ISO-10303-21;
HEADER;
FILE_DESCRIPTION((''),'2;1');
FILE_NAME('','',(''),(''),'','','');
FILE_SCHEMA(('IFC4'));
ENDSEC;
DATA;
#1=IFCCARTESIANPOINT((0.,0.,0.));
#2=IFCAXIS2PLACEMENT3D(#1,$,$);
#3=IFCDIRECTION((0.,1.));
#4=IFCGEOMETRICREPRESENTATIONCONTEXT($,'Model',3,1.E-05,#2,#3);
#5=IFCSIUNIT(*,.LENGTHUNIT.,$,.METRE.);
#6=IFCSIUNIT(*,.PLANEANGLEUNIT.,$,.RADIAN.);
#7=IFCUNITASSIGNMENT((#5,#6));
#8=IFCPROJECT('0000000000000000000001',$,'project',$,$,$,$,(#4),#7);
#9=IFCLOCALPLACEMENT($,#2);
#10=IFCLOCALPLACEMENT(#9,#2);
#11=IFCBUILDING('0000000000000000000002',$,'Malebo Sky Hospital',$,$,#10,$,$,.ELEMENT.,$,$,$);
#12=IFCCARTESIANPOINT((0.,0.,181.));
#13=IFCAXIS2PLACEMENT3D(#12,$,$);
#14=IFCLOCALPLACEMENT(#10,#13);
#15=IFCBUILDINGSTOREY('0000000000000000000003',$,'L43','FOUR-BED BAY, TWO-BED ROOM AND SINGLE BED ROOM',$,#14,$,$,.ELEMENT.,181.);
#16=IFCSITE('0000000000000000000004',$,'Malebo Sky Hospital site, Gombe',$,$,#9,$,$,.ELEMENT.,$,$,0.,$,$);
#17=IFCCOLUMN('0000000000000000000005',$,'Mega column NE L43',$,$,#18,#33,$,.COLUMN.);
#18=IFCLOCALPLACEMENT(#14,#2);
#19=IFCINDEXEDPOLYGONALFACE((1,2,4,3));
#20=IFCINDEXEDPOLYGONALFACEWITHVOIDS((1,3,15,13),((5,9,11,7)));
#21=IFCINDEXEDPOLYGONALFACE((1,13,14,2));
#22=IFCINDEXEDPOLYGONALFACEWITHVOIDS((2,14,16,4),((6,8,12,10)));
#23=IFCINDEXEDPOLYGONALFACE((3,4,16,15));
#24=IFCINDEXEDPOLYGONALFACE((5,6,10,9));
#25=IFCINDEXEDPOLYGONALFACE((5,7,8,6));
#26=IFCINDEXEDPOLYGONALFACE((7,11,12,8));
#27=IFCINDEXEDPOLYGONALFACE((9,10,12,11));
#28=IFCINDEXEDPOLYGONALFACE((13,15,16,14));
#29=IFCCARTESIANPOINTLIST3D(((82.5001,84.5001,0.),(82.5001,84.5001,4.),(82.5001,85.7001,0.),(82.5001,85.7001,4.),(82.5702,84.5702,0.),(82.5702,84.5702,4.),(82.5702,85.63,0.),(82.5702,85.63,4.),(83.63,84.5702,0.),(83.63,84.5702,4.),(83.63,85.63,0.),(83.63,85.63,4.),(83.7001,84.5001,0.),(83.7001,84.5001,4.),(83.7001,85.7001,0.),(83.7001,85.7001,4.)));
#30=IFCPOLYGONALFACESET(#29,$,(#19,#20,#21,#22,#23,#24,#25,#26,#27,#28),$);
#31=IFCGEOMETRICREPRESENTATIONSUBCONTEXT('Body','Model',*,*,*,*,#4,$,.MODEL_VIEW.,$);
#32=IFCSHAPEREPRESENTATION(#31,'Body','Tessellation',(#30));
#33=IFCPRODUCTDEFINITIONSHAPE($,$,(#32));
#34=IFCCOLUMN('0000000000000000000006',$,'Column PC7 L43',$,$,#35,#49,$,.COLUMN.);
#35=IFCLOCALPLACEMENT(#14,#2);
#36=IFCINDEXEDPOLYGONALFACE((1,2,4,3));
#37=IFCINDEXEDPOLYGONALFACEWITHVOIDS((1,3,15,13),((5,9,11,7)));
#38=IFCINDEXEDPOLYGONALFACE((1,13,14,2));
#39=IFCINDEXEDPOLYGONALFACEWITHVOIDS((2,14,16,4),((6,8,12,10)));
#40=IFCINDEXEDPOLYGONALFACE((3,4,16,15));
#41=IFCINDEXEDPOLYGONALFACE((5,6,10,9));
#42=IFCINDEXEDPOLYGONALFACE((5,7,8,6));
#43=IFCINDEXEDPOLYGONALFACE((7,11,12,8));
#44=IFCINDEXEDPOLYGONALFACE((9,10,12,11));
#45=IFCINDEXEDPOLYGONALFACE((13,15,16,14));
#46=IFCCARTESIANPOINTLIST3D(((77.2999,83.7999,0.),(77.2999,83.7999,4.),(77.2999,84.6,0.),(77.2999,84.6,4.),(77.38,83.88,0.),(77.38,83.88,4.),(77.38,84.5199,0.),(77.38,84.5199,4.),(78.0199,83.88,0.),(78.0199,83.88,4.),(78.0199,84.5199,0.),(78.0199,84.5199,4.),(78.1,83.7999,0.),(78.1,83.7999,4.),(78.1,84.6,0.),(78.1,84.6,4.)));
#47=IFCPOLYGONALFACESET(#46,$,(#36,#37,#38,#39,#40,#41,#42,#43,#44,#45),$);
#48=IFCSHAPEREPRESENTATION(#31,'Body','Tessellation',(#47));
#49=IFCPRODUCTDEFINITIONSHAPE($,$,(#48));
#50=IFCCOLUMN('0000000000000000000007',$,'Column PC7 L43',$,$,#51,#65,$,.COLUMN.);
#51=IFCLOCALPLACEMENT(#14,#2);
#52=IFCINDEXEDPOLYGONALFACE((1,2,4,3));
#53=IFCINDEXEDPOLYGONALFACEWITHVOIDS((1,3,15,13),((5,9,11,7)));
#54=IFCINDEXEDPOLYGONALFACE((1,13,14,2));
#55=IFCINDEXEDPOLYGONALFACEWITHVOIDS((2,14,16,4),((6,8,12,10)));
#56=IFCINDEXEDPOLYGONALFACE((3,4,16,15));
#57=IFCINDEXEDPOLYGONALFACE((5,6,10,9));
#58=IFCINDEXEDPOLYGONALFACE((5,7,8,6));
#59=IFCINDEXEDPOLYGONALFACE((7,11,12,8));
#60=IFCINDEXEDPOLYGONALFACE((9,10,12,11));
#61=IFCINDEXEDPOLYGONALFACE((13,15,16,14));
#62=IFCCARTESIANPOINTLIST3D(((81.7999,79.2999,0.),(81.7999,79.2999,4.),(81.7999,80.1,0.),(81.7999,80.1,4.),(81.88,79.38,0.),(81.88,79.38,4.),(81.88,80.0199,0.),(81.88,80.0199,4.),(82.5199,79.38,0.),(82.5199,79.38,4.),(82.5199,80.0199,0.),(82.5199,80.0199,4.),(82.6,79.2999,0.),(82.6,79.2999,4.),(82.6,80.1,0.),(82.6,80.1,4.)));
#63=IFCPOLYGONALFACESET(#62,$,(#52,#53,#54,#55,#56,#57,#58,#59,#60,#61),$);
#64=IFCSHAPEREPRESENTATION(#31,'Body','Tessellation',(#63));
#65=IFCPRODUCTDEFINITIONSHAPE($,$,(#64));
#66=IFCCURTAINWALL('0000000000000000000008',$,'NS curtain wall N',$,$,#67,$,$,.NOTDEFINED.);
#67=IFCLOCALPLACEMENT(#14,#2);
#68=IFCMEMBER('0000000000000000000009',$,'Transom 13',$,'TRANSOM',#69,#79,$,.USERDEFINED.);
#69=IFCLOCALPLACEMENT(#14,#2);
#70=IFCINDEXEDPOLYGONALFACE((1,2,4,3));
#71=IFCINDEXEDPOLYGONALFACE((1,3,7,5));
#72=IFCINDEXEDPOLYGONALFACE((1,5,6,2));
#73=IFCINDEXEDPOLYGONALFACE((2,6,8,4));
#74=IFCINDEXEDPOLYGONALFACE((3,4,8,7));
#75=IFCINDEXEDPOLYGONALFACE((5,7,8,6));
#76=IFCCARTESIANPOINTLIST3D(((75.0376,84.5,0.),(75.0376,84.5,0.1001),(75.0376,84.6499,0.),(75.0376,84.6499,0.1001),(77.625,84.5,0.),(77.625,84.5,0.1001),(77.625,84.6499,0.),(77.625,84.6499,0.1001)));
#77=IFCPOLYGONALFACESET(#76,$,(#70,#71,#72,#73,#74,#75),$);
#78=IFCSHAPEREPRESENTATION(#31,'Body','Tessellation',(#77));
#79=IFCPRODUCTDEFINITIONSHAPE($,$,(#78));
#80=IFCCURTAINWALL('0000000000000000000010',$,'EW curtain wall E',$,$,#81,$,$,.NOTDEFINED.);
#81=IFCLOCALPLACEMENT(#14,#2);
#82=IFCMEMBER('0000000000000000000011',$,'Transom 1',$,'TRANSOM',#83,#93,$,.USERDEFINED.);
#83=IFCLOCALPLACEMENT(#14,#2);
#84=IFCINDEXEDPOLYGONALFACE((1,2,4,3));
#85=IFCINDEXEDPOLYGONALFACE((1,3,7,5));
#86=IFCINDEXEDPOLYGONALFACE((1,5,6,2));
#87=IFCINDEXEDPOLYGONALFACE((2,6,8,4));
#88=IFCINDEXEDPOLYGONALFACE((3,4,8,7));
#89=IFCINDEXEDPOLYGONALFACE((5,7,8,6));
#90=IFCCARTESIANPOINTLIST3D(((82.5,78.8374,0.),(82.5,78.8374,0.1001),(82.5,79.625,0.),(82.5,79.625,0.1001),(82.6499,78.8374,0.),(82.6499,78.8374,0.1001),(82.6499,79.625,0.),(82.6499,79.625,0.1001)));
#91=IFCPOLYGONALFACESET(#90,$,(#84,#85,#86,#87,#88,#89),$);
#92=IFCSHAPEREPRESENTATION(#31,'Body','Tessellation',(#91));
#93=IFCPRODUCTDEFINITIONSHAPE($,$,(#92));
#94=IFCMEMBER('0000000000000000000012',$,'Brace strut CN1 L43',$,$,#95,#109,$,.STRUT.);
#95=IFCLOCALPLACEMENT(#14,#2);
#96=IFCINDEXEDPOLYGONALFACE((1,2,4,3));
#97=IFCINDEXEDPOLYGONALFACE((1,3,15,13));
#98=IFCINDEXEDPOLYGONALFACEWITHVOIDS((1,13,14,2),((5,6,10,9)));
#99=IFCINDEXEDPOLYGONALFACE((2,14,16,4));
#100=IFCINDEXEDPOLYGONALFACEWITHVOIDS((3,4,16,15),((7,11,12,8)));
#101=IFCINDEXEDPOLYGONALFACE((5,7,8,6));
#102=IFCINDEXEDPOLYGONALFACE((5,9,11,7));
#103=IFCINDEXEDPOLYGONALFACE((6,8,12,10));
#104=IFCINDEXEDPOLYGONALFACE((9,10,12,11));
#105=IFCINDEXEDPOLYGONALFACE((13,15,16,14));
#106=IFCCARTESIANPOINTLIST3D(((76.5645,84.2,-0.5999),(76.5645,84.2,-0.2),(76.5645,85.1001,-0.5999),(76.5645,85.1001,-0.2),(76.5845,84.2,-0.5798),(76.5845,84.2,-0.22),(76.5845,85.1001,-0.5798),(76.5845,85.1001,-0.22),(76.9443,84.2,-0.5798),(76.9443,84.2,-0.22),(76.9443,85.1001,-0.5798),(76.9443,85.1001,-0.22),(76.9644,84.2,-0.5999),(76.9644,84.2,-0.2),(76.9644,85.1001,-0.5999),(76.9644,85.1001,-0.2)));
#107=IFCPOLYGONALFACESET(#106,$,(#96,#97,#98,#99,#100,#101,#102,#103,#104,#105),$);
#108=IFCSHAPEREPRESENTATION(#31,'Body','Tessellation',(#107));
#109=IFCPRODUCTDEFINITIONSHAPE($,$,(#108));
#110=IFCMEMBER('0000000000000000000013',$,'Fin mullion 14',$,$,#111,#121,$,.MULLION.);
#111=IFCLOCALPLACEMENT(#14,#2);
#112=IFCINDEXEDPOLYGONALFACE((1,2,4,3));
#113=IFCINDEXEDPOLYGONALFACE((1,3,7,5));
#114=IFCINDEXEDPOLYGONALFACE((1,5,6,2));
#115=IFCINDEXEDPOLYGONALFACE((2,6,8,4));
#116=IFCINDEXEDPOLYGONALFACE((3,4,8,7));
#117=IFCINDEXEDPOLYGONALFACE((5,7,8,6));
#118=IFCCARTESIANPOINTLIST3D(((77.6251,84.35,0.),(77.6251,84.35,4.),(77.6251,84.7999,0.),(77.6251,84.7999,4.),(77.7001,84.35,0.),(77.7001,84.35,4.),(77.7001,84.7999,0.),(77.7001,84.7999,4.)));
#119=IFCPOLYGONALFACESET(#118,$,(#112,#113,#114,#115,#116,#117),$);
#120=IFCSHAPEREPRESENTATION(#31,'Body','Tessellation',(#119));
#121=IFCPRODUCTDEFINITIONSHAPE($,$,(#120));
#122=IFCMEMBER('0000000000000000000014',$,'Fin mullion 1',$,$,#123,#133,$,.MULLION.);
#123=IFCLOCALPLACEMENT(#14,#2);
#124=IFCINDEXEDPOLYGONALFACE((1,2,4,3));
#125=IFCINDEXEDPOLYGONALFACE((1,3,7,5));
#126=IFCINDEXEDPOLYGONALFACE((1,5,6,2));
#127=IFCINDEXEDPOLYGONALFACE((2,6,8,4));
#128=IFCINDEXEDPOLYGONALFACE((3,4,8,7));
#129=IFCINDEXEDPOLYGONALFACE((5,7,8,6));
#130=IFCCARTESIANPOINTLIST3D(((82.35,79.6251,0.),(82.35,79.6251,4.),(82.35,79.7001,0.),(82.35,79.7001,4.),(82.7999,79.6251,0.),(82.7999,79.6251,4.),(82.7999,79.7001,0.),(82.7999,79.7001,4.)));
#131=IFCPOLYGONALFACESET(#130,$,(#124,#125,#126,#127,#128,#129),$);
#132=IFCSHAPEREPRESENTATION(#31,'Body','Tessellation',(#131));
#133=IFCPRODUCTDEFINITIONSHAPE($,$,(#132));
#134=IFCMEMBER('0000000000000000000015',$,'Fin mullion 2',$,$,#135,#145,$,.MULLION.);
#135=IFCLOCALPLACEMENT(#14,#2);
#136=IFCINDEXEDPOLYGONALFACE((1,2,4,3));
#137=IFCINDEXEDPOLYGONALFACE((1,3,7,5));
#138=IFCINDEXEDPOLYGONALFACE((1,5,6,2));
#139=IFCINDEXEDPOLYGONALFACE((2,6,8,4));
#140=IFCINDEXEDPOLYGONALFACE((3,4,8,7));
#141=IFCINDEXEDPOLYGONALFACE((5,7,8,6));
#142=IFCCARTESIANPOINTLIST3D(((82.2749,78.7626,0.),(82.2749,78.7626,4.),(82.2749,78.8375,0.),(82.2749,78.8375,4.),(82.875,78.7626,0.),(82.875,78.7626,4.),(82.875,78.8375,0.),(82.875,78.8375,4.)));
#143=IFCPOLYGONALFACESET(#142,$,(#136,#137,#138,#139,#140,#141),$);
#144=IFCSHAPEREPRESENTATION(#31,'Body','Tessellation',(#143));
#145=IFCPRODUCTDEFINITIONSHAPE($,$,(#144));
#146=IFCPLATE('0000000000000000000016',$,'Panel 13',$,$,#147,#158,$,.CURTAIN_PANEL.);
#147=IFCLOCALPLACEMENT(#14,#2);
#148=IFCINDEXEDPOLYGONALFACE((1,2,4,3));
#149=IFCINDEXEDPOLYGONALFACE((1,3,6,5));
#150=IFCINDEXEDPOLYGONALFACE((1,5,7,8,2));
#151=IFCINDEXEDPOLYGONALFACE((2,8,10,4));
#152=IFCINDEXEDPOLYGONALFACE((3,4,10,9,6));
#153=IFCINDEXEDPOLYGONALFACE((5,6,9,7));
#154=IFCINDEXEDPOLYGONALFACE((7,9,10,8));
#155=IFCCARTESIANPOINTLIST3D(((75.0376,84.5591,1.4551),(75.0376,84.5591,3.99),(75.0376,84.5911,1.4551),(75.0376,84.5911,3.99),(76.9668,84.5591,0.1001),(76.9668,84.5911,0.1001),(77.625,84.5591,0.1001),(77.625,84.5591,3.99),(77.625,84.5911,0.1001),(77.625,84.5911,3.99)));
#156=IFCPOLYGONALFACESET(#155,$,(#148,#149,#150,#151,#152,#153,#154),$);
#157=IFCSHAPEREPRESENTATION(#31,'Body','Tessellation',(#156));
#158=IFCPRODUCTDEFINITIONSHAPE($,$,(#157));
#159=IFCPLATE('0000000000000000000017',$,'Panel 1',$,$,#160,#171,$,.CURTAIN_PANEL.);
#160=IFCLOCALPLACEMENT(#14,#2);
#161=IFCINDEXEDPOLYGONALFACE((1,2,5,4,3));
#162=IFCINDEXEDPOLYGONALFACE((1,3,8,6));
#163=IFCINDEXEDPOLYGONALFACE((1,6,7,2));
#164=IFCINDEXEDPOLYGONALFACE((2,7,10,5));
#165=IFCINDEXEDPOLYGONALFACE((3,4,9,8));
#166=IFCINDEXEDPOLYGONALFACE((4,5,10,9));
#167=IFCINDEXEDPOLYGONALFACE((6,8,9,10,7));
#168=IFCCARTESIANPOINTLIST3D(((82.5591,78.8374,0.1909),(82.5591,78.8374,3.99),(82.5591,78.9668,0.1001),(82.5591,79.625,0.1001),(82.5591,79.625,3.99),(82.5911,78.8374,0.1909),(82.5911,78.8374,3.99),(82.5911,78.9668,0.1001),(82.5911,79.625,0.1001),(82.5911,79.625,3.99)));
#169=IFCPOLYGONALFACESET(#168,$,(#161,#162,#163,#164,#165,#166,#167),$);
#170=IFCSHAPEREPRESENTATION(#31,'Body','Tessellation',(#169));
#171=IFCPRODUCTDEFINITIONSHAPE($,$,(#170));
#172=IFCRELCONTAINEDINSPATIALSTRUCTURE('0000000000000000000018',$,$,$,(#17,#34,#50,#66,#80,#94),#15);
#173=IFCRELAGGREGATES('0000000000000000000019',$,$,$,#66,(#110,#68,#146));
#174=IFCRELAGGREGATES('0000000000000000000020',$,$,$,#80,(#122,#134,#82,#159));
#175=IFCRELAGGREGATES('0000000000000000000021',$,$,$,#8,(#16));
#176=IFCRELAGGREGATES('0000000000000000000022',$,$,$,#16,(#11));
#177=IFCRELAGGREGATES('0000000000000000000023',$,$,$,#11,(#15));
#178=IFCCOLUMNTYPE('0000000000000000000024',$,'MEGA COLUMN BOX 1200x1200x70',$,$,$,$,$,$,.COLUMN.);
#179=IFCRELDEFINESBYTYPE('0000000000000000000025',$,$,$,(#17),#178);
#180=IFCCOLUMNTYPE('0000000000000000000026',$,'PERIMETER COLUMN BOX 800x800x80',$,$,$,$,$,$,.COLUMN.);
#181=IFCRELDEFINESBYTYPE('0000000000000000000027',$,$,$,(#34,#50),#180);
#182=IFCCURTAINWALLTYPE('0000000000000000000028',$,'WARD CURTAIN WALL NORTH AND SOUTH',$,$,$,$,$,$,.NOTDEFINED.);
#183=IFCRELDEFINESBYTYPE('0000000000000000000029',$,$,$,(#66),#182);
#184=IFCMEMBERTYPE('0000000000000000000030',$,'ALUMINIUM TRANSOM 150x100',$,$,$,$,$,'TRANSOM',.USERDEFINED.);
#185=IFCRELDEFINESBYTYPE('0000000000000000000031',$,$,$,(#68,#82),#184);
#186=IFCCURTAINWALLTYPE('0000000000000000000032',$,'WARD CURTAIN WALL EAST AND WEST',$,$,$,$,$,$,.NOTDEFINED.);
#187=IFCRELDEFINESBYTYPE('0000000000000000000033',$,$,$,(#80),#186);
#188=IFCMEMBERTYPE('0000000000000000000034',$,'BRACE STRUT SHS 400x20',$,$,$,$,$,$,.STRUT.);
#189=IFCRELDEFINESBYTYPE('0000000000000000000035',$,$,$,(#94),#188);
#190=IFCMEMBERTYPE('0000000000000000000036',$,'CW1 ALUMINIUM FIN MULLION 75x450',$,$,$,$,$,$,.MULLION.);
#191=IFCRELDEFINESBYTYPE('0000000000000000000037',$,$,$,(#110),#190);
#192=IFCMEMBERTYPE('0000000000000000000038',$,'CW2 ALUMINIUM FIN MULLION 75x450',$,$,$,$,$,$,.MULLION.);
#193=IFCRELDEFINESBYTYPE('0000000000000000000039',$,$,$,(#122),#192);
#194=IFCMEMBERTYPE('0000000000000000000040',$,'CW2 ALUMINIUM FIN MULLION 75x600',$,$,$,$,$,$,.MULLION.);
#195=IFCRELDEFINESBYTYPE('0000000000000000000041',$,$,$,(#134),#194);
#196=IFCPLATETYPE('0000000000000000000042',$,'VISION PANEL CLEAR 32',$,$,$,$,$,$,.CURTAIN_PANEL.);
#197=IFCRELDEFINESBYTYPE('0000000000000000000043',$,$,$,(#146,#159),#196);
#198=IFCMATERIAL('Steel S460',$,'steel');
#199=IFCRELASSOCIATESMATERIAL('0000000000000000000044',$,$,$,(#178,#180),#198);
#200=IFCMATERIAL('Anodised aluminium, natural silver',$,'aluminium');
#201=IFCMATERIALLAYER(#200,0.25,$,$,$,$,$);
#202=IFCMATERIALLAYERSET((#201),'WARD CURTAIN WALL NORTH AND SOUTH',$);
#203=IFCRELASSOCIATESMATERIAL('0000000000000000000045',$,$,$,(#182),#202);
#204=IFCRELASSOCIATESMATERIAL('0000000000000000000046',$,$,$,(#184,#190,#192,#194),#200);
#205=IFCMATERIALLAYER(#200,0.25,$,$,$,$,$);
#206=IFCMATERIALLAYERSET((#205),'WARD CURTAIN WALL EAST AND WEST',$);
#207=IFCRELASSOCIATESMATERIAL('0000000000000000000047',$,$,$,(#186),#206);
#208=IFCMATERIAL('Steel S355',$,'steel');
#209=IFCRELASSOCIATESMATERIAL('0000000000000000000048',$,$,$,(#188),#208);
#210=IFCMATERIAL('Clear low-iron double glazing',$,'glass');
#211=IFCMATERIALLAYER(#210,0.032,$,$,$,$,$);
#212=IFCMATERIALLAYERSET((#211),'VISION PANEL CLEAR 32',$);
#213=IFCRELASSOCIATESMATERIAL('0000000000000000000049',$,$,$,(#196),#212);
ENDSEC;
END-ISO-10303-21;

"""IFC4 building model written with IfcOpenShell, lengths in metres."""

from ifc_helpers import new_model, si_unit, direction, frame, origin, origin_2d, place, context, subcontext, project, spatial, polyline, rectangle, hollow_rectangle, outline, extrude, material, layer, layer_set, material_profile, profile_set, type_object, element, aggregate, save


model = new_model("IFC4")

# Units and contexts
model_context = context("Model", 3, precision=1e-05, world=origin(), true_north=direction((0.0, 1.0)))
body_context = subcontext(model_context, "Body", "Model", "MODEL_VIEW")
ifc_project = project(units=[si_unit("LENGTHUNIT", "METRE"), si_unit("PLANEANGLEUNIT", "RADIAN")], contexts=[model_context])

# Site, building, storey
site_placement = place(None, origin())
site = spatial("IfcSite", under=ifc_project, at=site_placement, Name="Malebo Sky Hospital site, Gombe", CompositionType="ELEMENT", RefElevation=0.0)
building_placement = place(site_placement, origin())
building = spatial("IfcBuilding", under=site, at=building_placement, Name="Malebo Sky Hospital", CompositionType="ELEMENT")
storey_placement = place(building_placement, frame((0.0, 0.0, 181.0)))
storey = spatial("IfcBuildingStorey", under=building, at=storey_placement, Name="L43", Description="FOUR-BED BAY, TWO-BED ROOM AND SINGLE BED ROOM", CompositionType="ELEMENT", Elevation=181.0)

# Columns
ifc_material_1 = material(Name="Steel S460", Category="steel")
ifc_material_profile_1 = material_profile(ifc_material_1, hollow_rectangle(XDim=1.2, YDim=1.2, WallThickness=0.0701, at=origin_2d()), Name="BOX 1200x1200x70")
ifc_profile_set_1 = profile_set([ifc_material_profile_1], Name="Steel S460")
column_type_1 = type_object("IfcColumnType", Name="MEGA COLUMN BOX 1200x1200x70", PredefinedType="COLUMN", material=ifc_profile_set_1)
column_placement = place(storey_placement, frame((83.1001, 85.1001, 0.0), z_axis=(0.0, 0.0, 1.0), x_axis=(1.0, 0.0, 0.0)))
element("IfcColumn", 1, at=column_placement, inside=storey, type_object=column_type_1, Name="Mega column NE L43", PredefinedType="COLUMN", context=body_context, shape_type="SweptSolid", body=[
    extrude(hollow_rectangle(XDim=1.2, YDim=1.2, WallThickness=0.0701, at=origin_2d()), origin(), (0.0, 0.0, 1.0), 4.0),
])
ifc_material_profile_2 = material_profile(ifc_material_1, hollow_rectangle(XDim=0.8, YDim=0.8, WallThickness=0.0801, at=origin_2d()), Name="BOX 800x800x80")
ifc_profile_set_2 = profile_set([ifc_material_profile_2], Name="Steel S460")
column_type_2 = type_object("IfcColumnType", Name="PERIMETER COLUMN BOX 800x800x80", PredefinedType="COLUMN", material=ifc_profile_set_2)
for number, where, z_axis, x_axis, name in (
    (2, (77.7, 84.2, 0.0), (0.0, 0.0, 1.0), (1.0, 0.0, 0.0), "Column PC7 L43"),
    (3, (82.2, 79.7, 0.0), (0.0, 0.0, 1.0), (1.0, 0.0, 0.0), "Column PC7 L43"),
):
    element("IfcColumn", number, at=place(storey_placement, frame(where, z_axis=z_axis, x_axis=x_axis)), inside=storey, type_object=column_type_2, Name=name, PredefinedType="COLUMN", context=body_context, shape_type="SweptSolid", body=[
        extrude(hollow_rectangle(XDim=0.8, YDim=0.8, WallThickness=0.0801, at=origin_2d()), origin(), (0.0, 0.0, 1.0), 4.0),
    ])

# Curtain walls, members
ifc_material_2 = material(Name="Anodised aluminium, natural silver", Category="aluminium")
ifc_layer_1 = layer(ifc_material_2, 0.25)
ifc_layer_set_1 = layer_set([ifc_layer_1], Name="WARD CURTAIN WALL NORTH AND SOUTH")
curtain_wall_type_1 = type_object("IfcCurtainWallType", Name="WARD CURTAIN WALL NORTH AND SOUTH", PredefinedType="NOTDEFINED", material=ifc_layer_set_1)
curtain_wall_1_placement = place(storey_placement, origin())
curtain_wall_1 = element("IfcCurtainWall", 4, at=curtain_wall_1_placement, inside=storey, type_object=curtain_wall_type_1, Name="NS curtain wall N", PredefinedType="NOTDEFINED")
ifc_material_profile_3 = material_profile(ifc_material_2, rectangle(XDim=0.1499, YDim=0.1001, at=origin_2d()), Name="ALUMINIUM TRANSOM 150x100")
ifc_profile_set_3 = profile_set([ifc_material_profile_3], Name="Anodised aluminium, natural silver")
member_type_1 = type_object("IfcMemberType", Name="ALUMINIUM TRANSOM 150x100", ElementType="TRANSOM", PredefinedType="USERDEFINED", material=ifc_profile_set_3)
member_1_placement = place(storey_placement, frame((75.0376, 84.575, 0.05), z_axis=(1.0, 0.0, 0.0), x_axis=(0.0, 1.0, 0.0)))
member_1 = element("IfcMember", 5, at=member_1_placement, type_object=member_type_1, Name="Transom 13", ObjectType="TRANSOM", PredefinedType="USERDEFINED", context=body_context, shape_type="SweptSolid", body=[
    extrude(rectangle(XDim=0.1499, YDim=0.1001, at=origin_2d()), origin(), (0.0, 0.0, 1.0), 2.5874),
])
ifc_layer_2 = layer(ifc_material_2, 0.25)
ifc_layer_set_2 = layer_set([ifc_layer_2], Name="WARD CURTAIN WALL EAST AND WEST")
curtain_wall_type_2 = type_object("IfcCurtainWallType", Name="WARD CURTAIN WALL EAST AND WEST", PredefinedType="NOTDEFINED", material=ifc_layer_set_2)
curtain_wall_2_placement = place(storey_placement, origin())
curtain_wall_2 = element("IfcCurtainWall", 6, at=curtain_wall_2_placement, inside=storey, type_object=curtain_wall_type_2, Name="EW curtain wall E", PredefinedType="NOTDEFINED")
member_2_placement = place(storey_placement, frame((82.575, 79.625, 0.05), z_axis=(0.0, -1.0, 0.0), x_axis=(1.0, 0.0, 0.0)))
member_2 = element("IfcMember", 7, at=member_2_placement, type_object=member_type_1, Name="Transom 1", ObjectType="TRANSOM", PredefinedType="USERDEFINED", context=body_context, shape_type="SweptSolid", body=[
    extrude(rectangle(XDim=0.1499, YDim=0.1001, at=origin_2d()), origin(), (0.0, 0.0, 1.0), 0.7876),
])

# Members
ifc_material_3 = material(Name="Steel S355", Category="steel")
ifc_material_profile_4 = material_profile(ifc_material_3, hollow_rectangle(XDim=0.3999, YDim=0.3999, WallThickness=0.02, at=origin_2d()), Name="SHS 400x20")
ifc_profile_set_4 = profile_set([ifc_material_profile_4], Name="Steel S355")
member_type_2 = type_object("IfcMemberType", Name="BRACE STRUT SHS 400x20", PredefinedType="STRUT", material=ifc_profile_set_4)
member_3_placement = place(storey_placement, frame((76.7644, 85.1001, -0.3999), z_axis=(0.0, -1.0, 0.0), x_axis=(1.0, 0.0, 0.0)))
element("IfcMember", 8, at=member_3_placement, inside=storey, type_object=member_type_2, Name="Brace strut CN1 L43", PredefinedType="STRUT", context=body_context, shape_type="SweptSolid", body=[
    extrude(hollow_rectangle(XDim=0.3999, YDim=0.3999, WallThickness=0.02, at=origin_2d()), origin(), (0.0, 0.0, 1.0), 0.9001),
])
ifc_material_profile_5 = material_profile(ifc_material_2, rectangle(XDim=0.075, YDim=0.45, at=origin_2d()), Name="CW1 ALUMINIUM FIN MULLION 75x450")
ifc_profile_set_5 = profile_set([ifc_material_profile_5], Name="Anodised aluminium, natural silver")
member_type_3 = type_object("IfcMemberType", Name="CW1 ALUMINIUM FIN MULLION 75x450", PredefinedType="MULLION", material=ifc_profile_set_5)
member_4_placement = place(storey_placement, frame((77.6626, 84.575, 0.0), z_axis=(0.0, 0.0, 1.0), x_axis=(1.0, 0.0, 0.0)))
member_4 = element("IfcMember", 9, at=member_4_placement, type_object=member_type_3, Name="Fin mullion 14", PredefinedType="MULLION", context=body_context, shape_type="SweptSolid", body=[
    extrude(rectangle(XDim=0.075, YDim=0.45, at=origin_2d()), origin(), (0.0, 0.0, 1.0), 4.0),
])
ifc_material_profile_6 = material_profile(ifc_material_2, rectangle(XDim=0.075, YDim=0.45, at=origin_2d()), Name="CW2 ALUMINIUM FIN MULLION 75x450")
ifc_profile_set_6 = profile_set([ifc_material_profile_6], Name="Anodised aluminium, natural silver")
member_type_4 = type_object("IfcMemberType", Name="CW2 ALUMINIUM FIN MULLION 75x450", PredefinedType="MULLION", material=ifc_profile_set_6)
member_5_placement = place(storey_placement, frame((82.575, 79.6626, 0.0), z_axis=(0.0, 0.0, 1.0), x_axis=(0.0, -1.0, 0.0)))
member_5 = element("IfcMember", 10, at=member_5_placement, type_object=member_type_4, Name="Fin mullion 1", PredefinedType="MULLION", context=body_context, shape_type="SweptSolid", body=[
    extrude(rectangle(XDim=0.075, YDim=0.45, at=origin_2d()), origin(), (0.0, 0.0, 1.0), 4.0),
])
ifc_material_profile_7 = material_profile(ifc_material_2, rectangle(XDim=0.075, YDim=0.6001, at=origin_2d()), Name="CW2 ALUMINIUM FIN MULLION 75x600")
ifc_profile_set_7 = profile_set([ifc_material_profile_7], Name="Anodised aluminium, natural silver")
member_type_5 = type_object("IfcMemberType", Name="CW2 ALUMINIUM FIN MULLION 75x600", PredefinedType="MULLION", material=ifc_profile_set_7)
member_6_placement = place(storey_placement, frame((82.575, 78.8, 0.0), z_axis=(0.0, 0.0, 1.0), x_axis=(0.0, -1.0, 0.0)))
member_6 = element("IfcMember", 11, at=member_6_placement, type_object=member_type_5, Name="Fin mullion 2", PredefinedType="MULLION", context=body_context, shape_type="SweptSolid", body=[
    extrude(rectangle(XDim=0.075, YDim=0.6001, at=origin_2d()), origin(), (0.0, 0.0, 1.0), 4.0),
])

# Plates
ifc_material_4 = material(Name="Clear low-iron double glazing", Category="glass")
ifc_layer_3 = layer(ifc_material_4, 0.032)
ifc_layer_set_3 = layer_set([ifc_layer_3], Name="VISION PANEL CLEAR 32")
plate_type = type_object("IfcPlateType", Name="VISION PANEL CLEAR 32", PredefinedType="CURTAIN_PANEL", material=ifc_layer_set_3)
plate_1_placement = place(storey_placement, frame((76.3313, 84.575, 0.1001), z_axis=(0.0, 0.0, 1.0), x_axis=(1.0, 0.0, 0.0)))
plate_1 = element("IfcPlate", 12, at=plate_1_placement, type_object=plate_type, Name="Panel 13", PredefinedType="CURTAIN_PANEL", context=body_context, shape_type="SweptSolid", body=[
    extrude(outline(polyline([(0.6355, 0.0), (1.2937, 0.0), (1.2937, 3.8899), (-1.2937, 3.8899), (-1.2937, 1.355), (0.6355, 0.0)])), frame((0.0, 0.0161, 0.0), z_axis=(0.0, -1.0, 0.0), x_axis=(1.0, 0.0, 0.0)), (0.0, 0.0, 1.0), 0.032),
])
aggregate(curtain_wall_1, [member_4, member_1, plate_1])
plate_2_placement = place(storey_placement, frame((82.575, 79.2312, 0.1001), z_axis=(0.0, 0.0, 1.0), x_axis=(0.0, -1.0, 0.0)))
plate_2 = element("IfcPlate", 13, at=plate_2_placement, type_object=plate_type, Name="Panel 1", PredefinedType="CURTAIN_PANEL", context=body_context, shape_type="SweptSolid", body=[
    extrude(outline(polyline([(-0.3938, 0.0), (0.2644, 0.0), (0.3938, 0.0908), (0.3938, 3.8899), (-0.3938, 3.8899), (-0.3938, 0.0)])), frame((0.0, 0.0161, 0.0), z_axis=(0.0, -1.0, 0.0), x_axis=(1.0, 0.0, 0.0)), (0.0, 0.0, 1.0), 0.032),
])
aggregate(curtain_wall_2, [member_5, member_6, member_2, plate_2])

save(model, "model.ifc")
